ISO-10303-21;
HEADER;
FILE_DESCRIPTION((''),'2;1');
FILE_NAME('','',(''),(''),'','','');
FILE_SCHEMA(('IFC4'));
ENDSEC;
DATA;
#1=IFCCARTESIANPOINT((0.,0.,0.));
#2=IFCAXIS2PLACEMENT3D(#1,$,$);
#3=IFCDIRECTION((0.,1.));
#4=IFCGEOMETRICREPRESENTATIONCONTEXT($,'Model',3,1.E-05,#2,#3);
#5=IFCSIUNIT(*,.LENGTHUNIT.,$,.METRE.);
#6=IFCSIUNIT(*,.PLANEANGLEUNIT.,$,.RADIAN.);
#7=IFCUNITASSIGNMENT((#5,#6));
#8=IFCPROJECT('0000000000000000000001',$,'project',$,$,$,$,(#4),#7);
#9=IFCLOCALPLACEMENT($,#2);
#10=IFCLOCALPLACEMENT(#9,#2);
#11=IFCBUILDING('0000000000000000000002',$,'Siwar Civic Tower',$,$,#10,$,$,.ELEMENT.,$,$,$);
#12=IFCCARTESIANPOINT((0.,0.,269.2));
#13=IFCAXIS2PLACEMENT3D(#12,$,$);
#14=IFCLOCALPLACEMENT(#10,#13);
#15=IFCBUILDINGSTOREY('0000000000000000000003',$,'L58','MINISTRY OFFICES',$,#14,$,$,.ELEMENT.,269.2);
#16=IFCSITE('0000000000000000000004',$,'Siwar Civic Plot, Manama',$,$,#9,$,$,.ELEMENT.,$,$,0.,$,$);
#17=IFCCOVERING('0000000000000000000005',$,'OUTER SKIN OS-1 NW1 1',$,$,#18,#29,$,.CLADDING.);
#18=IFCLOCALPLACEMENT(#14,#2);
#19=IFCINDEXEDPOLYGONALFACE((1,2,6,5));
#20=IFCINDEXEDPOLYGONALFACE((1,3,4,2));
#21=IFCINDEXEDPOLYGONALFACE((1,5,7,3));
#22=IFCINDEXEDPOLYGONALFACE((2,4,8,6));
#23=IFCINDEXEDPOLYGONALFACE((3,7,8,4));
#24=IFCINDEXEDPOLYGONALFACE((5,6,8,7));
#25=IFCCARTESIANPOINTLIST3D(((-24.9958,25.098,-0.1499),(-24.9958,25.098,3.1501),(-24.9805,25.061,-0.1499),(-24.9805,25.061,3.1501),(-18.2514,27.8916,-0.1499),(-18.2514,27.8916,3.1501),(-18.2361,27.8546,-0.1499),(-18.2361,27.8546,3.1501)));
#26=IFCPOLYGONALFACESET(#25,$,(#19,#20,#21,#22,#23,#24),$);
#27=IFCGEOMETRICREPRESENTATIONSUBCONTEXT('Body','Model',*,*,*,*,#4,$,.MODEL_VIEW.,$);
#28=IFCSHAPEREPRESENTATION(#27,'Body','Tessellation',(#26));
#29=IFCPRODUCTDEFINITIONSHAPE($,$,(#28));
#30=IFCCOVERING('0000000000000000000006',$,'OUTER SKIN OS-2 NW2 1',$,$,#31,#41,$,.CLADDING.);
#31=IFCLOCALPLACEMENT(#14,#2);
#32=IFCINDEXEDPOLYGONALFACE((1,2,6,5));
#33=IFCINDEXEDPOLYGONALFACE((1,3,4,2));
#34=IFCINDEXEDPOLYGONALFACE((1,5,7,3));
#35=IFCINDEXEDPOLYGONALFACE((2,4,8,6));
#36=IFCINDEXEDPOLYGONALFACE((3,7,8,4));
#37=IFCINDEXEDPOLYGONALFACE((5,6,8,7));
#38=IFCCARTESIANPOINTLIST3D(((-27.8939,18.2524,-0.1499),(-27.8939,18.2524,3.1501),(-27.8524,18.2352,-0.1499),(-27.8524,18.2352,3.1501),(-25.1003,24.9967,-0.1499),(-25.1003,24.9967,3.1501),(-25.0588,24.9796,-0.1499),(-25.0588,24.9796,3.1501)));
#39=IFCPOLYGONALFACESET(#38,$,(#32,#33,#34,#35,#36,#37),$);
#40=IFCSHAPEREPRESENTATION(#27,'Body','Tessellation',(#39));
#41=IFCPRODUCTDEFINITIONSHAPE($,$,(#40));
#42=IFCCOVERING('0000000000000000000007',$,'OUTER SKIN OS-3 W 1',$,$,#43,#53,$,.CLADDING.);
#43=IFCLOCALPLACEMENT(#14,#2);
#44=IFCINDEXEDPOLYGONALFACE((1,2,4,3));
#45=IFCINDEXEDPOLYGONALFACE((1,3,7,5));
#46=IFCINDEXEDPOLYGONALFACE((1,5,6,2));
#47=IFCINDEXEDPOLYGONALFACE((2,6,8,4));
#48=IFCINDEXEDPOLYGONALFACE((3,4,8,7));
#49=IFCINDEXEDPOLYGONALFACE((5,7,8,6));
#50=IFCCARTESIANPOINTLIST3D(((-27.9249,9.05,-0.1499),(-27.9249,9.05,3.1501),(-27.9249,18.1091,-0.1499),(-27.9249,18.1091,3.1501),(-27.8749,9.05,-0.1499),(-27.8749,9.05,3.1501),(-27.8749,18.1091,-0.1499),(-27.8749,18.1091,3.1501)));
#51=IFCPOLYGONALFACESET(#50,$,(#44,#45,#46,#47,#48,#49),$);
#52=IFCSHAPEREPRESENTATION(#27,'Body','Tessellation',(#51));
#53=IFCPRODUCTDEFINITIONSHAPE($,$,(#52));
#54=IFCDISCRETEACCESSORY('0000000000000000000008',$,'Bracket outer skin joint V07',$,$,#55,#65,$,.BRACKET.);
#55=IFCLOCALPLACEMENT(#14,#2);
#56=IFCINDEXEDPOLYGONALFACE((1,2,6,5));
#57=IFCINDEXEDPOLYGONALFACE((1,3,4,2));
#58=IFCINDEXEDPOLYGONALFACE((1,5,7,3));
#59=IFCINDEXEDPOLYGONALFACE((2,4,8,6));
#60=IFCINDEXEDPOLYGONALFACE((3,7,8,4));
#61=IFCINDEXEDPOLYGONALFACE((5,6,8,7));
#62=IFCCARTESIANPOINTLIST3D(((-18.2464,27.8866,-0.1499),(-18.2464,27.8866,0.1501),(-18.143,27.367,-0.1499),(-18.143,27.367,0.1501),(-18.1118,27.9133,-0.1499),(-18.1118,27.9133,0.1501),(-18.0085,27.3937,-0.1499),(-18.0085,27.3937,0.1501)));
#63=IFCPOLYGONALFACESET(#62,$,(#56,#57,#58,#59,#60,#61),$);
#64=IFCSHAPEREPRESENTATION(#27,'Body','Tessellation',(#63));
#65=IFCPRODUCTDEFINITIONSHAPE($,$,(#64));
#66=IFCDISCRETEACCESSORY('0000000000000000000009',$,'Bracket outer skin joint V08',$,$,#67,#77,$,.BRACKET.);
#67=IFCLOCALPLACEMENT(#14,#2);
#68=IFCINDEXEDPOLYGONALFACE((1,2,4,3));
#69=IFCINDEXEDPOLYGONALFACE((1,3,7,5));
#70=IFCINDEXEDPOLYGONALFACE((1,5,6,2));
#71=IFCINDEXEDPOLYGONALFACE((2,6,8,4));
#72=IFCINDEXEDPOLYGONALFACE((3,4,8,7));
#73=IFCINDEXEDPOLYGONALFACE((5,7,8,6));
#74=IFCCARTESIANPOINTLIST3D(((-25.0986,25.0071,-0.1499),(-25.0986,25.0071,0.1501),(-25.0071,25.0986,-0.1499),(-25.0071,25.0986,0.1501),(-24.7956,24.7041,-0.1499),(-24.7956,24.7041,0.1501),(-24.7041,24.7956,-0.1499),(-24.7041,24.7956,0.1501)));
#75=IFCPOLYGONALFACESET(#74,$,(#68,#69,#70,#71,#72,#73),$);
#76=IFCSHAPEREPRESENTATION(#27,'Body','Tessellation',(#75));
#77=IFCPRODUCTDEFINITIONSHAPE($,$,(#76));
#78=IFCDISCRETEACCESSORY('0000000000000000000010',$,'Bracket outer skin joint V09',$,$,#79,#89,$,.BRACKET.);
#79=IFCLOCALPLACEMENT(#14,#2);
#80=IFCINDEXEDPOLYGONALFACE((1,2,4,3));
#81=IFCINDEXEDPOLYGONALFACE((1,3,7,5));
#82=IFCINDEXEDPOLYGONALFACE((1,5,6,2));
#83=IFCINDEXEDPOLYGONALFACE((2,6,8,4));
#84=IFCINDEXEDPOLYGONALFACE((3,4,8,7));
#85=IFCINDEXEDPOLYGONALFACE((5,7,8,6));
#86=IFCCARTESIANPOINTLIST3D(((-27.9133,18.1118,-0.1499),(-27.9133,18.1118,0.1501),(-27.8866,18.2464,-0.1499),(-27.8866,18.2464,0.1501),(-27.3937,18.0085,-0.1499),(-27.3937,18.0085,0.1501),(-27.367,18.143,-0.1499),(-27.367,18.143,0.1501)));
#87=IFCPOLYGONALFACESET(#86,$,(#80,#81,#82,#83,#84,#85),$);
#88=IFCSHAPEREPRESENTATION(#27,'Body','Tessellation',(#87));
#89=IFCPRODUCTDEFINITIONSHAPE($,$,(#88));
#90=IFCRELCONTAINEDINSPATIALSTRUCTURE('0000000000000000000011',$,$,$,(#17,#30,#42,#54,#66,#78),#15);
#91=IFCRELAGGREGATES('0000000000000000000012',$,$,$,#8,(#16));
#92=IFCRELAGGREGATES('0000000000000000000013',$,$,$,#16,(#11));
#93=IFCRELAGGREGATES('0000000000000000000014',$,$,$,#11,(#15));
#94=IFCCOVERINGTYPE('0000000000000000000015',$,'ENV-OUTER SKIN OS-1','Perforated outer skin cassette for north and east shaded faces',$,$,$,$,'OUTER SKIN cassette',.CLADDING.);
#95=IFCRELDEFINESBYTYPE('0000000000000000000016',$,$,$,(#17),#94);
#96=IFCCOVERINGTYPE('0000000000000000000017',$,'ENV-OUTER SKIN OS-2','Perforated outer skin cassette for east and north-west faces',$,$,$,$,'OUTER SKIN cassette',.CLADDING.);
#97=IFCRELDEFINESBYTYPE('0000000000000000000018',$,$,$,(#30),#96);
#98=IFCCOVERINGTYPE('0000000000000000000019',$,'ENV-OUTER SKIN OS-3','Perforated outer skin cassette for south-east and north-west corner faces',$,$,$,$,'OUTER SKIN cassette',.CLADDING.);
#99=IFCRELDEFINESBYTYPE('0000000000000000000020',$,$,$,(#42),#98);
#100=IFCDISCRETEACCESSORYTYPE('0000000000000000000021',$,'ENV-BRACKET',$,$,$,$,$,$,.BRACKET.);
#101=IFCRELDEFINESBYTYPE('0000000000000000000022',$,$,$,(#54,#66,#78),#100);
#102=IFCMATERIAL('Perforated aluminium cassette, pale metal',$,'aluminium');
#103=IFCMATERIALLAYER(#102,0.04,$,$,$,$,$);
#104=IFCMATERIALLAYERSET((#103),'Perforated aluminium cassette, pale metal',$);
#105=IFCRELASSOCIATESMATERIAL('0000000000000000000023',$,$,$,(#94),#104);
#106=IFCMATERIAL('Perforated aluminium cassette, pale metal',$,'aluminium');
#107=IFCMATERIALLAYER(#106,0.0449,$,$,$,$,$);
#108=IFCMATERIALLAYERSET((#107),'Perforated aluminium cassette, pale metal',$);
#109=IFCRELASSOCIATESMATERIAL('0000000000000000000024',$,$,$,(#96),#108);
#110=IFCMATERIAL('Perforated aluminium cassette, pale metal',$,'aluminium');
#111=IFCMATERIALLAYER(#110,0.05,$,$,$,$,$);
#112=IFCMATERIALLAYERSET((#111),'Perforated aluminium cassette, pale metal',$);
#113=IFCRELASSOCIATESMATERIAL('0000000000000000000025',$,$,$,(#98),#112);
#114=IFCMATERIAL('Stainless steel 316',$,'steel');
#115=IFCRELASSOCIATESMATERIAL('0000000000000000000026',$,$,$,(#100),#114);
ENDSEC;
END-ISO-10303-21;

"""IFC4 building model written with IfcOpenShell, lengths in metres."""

from ifc_helpers import new_model, si_unit, direction, frame, origin, origin_2d, place, context, subcontext, project, spatial, rectangle, extrude, material, layer, layer_set, type_object, element, save


model = new_model("IFC4")

# Units and contexts
model_context = context("Model", 3, precision=1e-05, world=origin(), true_north=direction((0.0, 1.0)))
body_context = subcontext(model_context, "Body", "Model", "MODEL_VIEW")
ifc_project = project(units=[si_unit("LENGTHUNIT", "METRE"), si_unit("PLANEANGLEUNIT", "RADIAN")], contexts=[model_context])

# Site, building, storey
site_placement = place(None, origin())
site = spatial("IfcSite", under=ifc_project, at=site_placement, Name="Siwar Civic Plot, Manama", CompositionType="ELEMENT", RefElevation=0.0)
building_placement = place(site_placement, origin())
building = spatial("IfcBuilding", under=site, at=building_placement, Name="Siwar Civic Tower", CompositionType="ELEMENT")
storey_placement = place(building_placement, frame((0.0, 0.0, 269.2)))
storey = spatial("IfcBuildingStorey", under=building, at=storey_placement, Name="L58", Description="MINISTRY OFFICES", CompositionType="ELEMENT", Elevation=269.2)

# Coverings
ifc_material_1 = material(Name="Perforated aluminium cassette, pale metal", Category="aluminium")
ifc_layer_1 = layer(ifc_material_1, 0.04)
ifc_layer_set_1 = layer_set([ifc_layer_1], Name="Perforated aluminium cassette, pale metal")
covering_type_1 = type_object("IfcCoveringType", Name="ENV-OUTER SKIN OS-1", Description="Perforated outer skin cassette for north and east shaded faces", ElementType="OUTER SKIN cassette", PredefinedType="CLADDING", material=ifc_layer_set_1)
covering_1_placement = place(storey_placement, frame((-21.616, 26.4763, -0.1499), z_axis=(0.0, 0.0, 1.0), x_axis=(-0.92388, -0.382683, 0.0)))
element("IfcCovering", 1, at=covering_1_placement, inside=storey, type_object=covering_type_1, Name="OUTER SKIN OS-1 NW1 1", PredefinedType="CLADDING", context=body_context, shape_type="SweptSolid", body=[
    extrude(rectangle(XDim=7.3, YDim=0.04, at=origin_2d()), origin(), (0.0, 0.0, 1.0), 3.3),
])
ifc_material_2 = material(Name="Perforated aluminium cassette, pale metal", Category="aluminium")
ifc_layer_2 = layer(ifc_material_2, 0.0449)
ifc_layer_set_2 = layer_set([ifc_layer_2], Name="Perforated aluminium cassette, pale metal")
covering_type_2 = type_object("IfcCoveringType", Name="ENV-OUTER SKIN OS-2", Description="Perforated outer skin cassette for east and north-west faces", ElementType="OUTER SKIN cassette", PredefinedType="CLADDING", material=ifc_layer_set_2)
covering_2_placement = place(storey_placement, frame((-26.4763, 21.616, -0.1499), z_axis=(0.0, 0.0, 1.0), x_axis=(-0.382683, -0.92388, 0.0)))
element("IfcCovering", 2, at=covering_2_placement, inside=storey, type_object=covering_type_2, Name="OUTER SKIN OS-2 NW2 1", PredefinedType="CLADDING", context=body_context, shape_type="SweptSolid", body=[
    extrude(rectangle(XDim=7.3, YDim=0.0449, at=origin_2d()), origin(), (0.0, 0.0, 1.0), 3.3),
])
ifc_material_3 = material(Name="Perforated aluminium cassette, pale metal", Category="aluminium")
ifc_layer_3 = layer(ifc_material_3, 0.05)
ifc_layer_set_3 = layer_set([ifc_layer_3], Name="Perforated aluminium cassette, pale metal")
covering_type_3 = type_object("IfcCoveringType", Name="ENV-OUTER SKIN OS-3", Description="Perforated outer skin cassette for south-east and north-west corner faces", ElementType="OUTER SKIN cassette", PredefinedType="CLADDING", material=ifc_layer_set_3)
covering_3_placement = place(storey_placement, frame((-27.8999, 13.5796, -0.1499), z_axis=(0.0, 0.0, 1.0), x_axis=(0.0, -1.0, 0.0)))
element("IfcCovering", 3, at=covering_3_placement, inside=storey, type_object=covering_type_3, Name="OUTER SKIN OS-3 W 1", PredefinedType="CLADDING", context=body_context, shape_type="SweptSolid", body=[
    extrude(rectangle(XDim=9.0591, YDim=0.05, at=origin_2d()), origin(), (0.0, 0.0, 1.0), 3.3),
])

# Discrete accessories
ifc_material_4 = material(Name="Stainless steel 316", Category="steel")
discrete_accessory_type = type_object("IfcDiscreteAccessoryType", Name="ENV-BRACKET", PredefinedType="BRACKET", material=ifc_material_4)
discrete_accessory_1_placement = place(storey_placement, frame((-18.1274, 27.6401, -0.1499), z_axis=(0.0, 0.0, 1.0), x_axis=(-0.19509, 0.980785, 0.0)))
element("IfcDiscreteAccessory", 4, at=discrete_accessory_1_placement, inside=storey, type_object=discrete_accessory_type, Name="Bracket outer skin joint V07", PredefinedType="BRACKET", context=body_context, shape_type="SweptSolid", body=[
    extrude(rectangle(XDim=0.5298, YDim=0.1372, at=origin_2d()), origin(), (0.0, 0.0, 1.0), 0.3),
])
discrete_accessory_2_placement = place(storey_placement, frame((-24.9014, 24.9014, -0.1499), z_axis=(0.0, 0.0, 1.0), x_axis=(-0.707107, 0.707107, 0.0)))
element("IfcDiscreteAccessory", 5, at=discrete_accessory_2_placement, inside=storey, type_object=discrete_accessory_type, Name="Bracket outer skin joint V08", PredefinedType="BRACKET", context=body_context, shape_type="SweptSolid", body=[
    extrude(rectangle(XDim=0.4285, YDim=0.1294, at=origin_2d()), origin(), (0.0, 0.0, 1.0), 0.3),
])
discrete_accessory_3_placement = place(storey_placement, frame((-27.6401, 18.1274, -0.1499), z_axis=(0.0, 0.0, 1.0), x_axis=(-0.980785, 0.19509, 0.0)))
element("IfcDiscreteAccessory", 6, at=discrete_accessory_3_placement, inside=storey, type_object=discrete_accessory_type, Name="Bracket outer skin joint V09", PredefinedType="BRACKET", context=body_context, shape_type="SweptSolid", body=[
    extrude(rectangle(XDim=0.5298, YDim=0.1372, at=origin_2d()), origin(), (0.0, 0.0, 1.0), 0.3),
])

save(model, "model.ifc")
